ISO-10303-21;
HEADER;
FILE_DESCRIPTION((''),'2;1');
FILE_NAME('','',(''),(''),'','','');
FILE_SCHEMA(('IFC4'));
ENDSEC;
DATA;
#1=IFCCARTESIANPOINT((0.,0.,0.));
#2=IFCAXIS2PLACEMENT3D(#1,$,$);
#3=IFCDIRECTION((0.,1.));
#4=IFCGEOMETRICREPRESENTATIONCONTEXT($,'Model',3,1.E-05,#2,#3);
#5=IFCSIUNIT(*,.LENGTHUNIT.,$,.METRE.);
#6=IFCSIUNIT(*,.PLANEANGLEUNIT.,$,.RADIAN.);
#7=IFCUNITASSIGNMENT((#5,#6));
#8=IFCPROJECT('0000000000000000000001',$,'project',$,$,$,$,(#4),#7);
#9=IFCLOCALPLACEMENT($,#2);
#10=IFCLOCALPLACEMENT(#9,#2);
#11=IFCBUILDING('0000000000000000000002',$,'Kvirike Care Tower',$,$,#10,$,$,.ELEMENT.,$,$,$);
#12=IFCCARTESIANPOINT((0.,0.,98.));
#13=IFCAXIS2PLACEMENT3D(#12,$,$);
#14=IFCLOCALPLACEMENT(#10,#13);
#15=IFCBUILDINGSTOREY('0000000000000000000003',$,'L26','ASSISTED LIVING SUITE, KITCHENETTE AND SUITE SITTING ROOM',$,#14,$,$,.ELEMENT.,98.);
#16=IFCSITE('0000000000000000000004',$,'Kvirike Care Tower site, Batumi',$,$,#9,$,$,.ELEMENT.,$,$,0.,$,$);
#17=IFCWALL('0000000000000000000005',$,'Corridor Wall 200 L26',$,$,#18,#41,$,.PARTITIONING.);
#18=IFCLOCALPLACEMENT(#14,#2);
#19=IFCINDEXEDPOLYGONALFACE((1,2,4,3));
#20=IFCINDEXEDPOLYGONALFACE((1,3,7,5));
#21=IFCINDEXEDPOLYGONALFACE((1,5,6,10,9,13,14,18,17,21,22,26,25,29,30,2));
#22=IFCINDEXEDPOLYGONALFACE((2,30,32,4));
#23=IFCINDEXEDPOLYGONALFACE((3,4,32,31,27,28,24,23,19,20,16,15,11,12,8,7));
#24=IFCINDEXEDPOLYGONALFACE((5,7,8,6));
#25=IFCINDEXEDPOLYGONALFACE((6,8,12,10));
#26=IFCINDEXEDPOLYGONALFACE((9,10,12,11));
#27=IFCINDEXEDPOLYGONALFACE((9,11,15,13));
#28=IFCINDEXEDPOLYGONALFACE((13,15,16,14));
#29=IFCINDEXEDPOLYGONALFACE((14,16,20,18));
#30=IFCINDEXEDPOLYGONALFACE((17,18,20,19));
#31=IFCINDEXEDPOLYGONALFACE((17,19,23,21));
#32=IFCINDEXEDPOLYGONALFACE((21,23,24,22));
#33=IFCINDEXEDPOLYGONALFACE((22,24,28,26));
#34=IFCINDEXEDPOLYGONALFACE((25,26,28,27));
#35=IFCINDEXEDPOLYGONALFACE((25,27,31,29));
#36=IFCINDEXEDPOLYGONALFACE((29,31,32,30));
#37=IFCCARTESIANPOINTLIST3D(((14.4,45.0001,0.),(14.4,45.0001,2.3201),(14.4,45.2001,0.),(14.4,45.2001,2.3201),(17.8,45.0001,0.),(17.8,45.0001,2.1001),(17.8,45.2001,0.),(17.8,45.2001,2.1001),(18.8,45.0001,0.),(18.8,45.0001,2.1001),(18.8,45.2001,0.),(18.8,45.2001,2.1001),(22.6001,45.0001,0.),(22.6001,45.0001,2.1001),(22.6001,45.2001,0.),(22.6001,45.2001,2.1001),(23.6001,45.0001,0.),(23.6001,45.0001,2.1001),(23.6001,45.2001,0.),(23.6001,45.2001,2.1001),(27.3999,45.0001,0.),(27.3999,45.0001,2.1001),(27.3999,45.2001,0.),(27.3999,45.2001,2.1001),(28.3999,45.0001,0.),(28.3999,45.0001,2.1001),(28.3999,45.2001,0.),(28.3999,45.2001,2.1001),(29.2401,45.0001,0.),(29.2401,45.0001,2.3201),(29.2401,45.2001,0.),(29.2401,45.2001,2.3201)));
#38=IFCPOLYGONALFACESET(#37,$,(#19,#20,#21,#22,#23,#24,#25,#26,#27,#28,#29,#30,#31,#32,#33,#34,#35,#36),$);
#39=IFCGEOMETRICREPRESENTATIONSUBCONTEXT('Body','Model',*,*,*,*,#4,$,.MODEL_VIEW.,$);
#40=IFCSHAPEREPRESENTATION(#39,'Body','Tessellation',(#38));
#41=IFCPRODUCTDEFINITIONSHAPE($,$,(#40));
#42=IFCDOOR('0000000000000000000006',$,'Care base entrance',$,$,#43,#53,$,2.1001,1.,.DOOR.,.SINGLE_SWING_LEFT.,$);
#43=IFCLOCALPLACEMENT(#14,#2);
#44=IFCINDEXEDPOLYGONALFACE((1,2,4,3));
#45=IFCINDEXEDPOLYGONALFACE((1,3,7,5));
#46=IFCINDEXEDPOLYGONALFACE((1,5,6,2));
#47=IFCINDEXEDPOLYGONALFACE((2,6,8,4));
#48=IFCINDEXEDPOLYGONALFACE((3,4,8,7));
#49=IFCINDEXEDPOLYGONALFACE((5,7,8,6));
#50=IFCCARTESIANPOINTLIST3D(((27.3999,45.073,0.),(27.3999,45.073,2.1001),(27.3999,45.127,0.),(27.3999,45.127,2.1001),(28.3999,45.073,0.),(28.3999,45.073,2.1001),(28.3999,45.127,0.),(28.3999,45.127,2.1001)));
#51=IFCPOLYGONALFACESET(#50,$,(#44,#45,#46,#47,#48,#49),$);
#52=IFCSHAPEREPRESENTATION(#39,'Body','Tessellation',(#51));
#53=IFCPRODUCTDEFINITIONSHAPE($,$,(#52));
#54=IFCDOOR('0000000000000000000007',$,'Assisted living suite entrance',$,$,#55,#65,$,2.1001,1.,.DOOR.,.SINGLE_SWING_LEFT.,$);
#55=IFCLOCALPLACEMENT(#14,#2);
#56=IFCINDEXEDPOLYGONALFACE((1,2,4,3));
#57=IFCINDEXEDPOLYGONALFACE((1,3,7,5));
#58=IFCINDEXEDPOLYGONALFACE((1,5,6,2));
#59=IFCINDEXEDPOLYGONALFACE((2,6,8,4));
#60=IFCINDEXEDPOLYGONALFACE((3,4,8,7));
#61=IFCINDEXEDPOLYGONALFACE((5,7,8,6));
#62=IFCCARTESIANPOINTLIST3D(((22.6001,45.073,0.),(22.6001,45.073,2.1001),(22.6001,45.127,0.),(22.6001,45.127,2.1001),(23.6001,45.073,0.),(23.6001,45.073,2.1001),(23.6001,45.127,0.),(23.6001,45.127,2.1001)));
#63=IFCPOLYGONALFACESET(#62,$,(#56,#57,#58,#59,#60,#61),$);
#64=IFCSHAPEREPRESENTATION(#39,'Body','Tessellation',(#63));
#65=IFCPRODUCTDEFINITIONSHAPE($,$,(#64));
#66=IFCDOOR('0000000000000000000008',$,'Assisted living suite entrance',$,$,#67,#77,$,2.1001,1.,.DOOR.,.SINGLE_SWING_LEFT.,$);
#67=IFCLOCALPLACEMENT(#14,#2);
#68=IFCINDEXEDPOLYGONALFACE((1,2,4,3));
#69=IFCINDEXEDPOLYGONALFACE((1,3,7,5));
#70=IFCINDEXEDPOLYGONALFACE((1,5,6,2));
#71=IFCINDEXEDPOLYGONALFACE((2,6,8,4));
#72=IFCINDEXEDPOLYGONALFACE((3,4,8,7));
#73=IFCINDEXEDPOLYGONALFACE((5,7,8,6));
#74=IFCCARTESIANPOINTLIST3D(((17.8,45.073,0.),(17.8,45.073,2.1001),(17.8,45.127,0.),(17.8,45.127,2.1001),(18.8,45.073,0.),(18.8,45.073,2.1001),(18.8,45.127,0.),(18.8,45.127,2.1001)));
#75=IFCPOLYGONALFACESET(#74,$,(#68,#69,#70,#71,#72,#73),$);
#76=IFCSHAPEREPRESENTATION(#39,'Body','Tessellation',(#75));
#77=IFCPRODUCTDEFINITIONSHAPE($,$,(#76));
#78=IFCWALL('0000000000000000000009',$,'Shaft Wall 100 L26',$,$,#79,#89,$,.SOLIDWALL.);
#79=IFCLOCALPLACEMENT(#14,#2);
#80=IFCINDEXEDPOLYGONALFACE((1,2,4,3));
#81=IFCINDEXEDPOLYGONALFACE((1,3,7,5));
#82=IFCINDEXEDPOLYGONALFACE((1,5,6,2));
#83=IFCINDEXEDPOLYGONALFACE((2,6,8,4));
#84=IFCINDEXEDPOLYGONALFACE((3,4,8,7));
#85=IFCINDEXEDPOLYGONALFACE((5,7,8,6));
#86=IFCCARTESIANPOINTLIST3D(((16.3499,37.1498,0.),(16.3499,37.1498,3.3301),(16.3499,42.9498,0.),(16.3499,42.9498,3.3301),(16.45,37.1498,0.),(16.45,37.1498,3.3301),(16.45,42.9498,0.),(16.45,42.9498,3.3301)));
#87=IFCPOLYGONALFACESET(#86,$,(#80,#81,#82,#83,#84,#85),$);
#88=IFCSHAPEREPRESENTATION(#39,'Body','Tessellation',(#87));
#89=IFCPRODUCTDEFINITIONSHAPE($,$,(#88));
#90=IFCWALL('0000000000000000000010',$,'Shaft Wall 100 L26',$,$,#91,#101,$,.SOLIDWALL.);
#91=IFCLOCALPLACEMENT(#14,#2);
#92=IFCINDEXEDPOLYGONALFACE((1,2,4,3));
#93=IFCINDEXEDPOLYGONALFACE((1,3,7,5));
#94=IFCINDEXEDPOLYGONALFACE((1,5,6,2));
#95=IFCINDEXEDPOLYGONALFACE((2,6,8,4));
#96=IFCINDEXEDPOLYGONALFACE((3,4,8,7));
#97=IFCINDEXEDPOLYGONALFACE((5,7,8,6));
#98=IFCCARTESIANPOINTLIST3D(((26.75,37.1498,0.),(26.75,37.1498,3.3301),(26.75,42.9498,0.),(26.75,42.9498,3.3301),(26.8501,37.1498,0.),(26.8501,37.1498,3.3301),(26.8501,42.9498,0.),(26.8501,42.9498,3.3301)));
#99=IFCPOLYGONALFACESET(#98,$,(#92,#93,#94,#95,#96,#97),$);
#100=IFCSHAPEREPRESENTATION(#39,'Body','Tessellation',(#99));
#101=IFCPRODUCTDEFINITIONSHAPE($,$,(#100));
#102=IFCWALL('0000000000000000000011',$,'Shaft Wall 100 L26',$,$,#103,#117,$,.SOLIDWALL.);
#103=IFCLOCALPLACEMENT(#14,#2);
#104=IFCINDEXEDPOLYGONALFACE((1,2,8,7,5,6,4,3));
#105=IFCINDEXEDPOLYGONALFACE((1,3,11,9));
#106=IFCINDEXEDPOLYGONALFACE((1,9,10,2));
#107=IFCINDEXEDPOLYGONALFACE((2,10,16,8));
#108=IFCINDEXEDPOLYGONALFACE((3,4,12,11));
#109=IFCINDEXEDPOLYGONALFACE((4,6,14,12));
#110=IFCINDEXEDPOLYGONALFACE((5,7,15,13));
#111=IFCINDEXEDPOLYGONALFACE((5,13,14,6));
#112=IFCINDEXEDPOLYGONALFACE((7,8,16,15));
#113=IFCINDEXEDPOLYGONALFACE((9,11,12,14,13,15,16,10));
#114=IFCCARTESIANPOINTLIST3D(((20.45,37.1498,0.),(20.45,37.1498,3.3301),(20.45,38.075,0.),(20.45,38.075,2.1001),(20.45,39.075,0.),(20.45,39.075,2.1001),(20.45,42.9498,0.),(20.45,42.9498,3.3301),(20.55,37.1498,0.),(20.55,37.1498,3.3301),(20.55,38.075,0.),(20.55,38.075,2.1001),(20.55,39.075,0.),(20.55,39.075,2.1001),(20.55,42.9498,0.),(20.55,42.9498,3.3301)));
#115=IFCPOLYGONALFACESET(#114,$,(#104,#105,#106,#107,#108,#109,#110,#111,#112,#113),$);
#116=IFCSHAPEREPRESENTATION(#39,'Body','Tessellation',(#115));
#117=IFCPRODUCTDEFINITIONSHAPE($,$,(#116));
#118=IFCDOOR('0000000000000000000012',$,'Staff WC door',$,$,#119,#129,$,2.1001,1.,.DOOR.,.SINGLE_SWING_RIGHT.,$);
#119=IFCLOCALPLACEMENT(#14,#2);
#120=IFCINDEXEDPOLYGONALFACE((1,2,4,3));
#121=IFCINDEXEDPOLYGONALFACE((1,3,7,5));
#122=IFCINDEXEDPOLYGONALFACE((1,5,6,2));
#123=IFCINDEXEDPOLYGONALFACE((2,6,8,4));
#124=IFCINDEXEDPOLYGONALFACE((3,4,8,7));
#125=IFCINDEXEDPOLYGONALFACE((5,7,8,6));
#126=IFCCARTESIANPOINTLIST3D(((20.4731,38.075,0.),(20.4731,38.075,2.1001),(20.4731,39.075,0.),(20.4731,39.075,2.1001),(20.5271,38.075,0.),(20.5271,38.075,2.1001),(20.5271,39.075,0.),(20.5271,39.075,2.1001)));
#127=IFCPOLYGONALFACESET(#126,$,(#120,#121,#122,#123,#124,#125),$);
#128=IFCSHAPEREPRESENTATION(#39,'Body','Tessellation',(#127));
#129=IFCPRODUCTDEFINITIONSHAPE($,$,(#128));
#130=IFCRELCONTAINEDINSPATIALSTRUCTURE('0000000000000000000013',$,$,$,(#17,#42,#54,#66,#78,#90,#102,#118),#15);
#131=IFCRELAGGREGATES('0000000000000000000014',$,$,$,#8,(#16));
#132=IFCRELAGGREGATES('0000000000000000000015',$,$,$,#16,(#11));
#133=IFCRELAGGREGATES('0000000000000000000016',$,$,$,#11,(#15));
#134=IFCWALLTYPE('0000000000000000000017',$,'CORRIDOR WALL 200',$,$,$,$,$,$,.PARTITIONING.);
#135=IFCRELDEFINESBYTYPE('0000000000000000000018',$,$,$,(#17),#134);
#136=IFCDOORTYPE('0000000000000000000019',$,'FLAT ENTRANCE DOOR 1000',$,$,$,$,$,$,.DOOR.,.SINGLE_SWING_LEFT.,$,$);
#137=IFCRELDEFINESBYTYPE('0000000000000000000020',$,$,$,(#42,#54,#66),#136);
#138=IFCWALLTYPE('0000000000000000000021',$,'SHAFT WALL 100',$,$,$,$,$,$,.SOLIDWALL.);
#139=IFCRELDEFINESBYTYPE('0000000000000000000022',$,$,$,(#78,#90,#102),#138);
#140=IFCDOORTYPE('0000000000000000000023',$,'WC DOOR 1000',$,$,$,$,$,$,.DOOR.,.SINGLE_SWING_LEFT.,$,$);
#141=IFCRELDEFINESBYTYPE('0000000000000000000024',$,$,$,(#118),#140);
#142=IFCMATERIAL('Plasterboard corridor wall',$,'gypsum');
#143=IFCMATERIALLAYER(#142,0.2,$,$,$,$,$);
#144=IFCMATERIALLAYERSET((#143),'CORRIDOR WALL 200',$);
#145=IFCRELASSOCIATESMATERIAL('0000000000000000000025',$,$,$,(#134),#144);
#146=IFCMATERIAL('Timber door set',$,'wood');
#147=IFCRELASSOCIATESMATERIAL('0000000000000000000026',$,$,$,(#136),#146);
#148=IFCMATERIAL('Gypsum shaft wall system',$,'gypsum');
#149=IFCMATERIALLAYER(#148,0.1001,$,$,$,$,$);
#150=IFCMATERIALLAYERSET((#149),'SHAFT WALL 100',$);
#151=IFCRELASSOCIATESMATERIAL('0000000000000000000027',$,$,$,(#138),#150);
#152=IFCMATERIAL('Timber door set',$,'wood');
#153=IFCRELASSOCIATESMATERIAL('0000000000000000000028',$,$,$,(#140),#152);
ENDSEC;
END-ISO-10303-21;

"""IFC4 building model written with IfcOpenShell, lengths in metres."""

from ifc_helpers import new_model, si_unit, direction, frame, frame_2d, origin, place, context, subcontext, project, spatial, rectangle, extrude, material, layer, layer_set, type_object, element, fill, save


model = new_model("IFC4")

# Units and contexts
model_context = context("Model", 3, precision=1e-05, world=origin(), true_north=direction((0.0, 1.0)))
body_context = subcontext(model_context, "Body", "Model", "MODEL_VIEW")
ifc_project = project(units=[si_unit("LENGTHUNIT", "METRE"), si_unit("PLANEANGLEUNIT", "RADIAN")], contexts=[model_context])

# Site, building, storey
site_placement = place(None, origin())
site = spatial("IfcSite", under=ifc_project, at=site_placement, Name="Kvirike Care Tower site, Batumi", CompositionType="ELEMENT", RefElevation=0.0)
building_placement = place(site_placement, origin())
building = spatial("IfcBuilding", under=site, at=building_placement, Name="Kvirike Care Tower", CompositionType="ELEMENT")
storey_placement = place(building_placement, frame((0.0, 0.0, 98.0)))
storey = spatial("IfcBuildingStorey", under=building, at=storey_placement, Name="L26", Description="ASSISTED LIVING SUITE, KITCHENETTE AND SUITE SITTING ROOM", CompositionType="ELEMENT", Elevation=98.0)

# Wall, openings, doors
ifc_material_1 = material(Name="Plasterboard corridor wall", Category="gypsum")
ifc_layer_1 = layer(ifc_material_1, 0.2)
ifc_layer_set_1 = layer_set([ifc_layer_1], Name="CORRIDOR WALL 200")
wall_type_1 = type_object("IfcWallType", Name="CORRIDOR WALL 200", PredefinedType="PARTITIONING", material=ifc_layer_set_1)
wall_1_placement = place(storey_placement, frame((29.24, 45.1001, 0.0), z_axis=(0.0, 0.0, 1.0), x_axis=(-1.0, 0.0, 0.0)))
wall_1 = element("IfcWall", 1, at=wall_1_placement, inside=storey, type_object=wall_type_1, Name="Corridor Wall 200 L26", PredefinedType="PARTITIONING", context=body_context, shape_type="SweptSolid", body=[
    extrude(rectangle(XDim=14.8401, YDim=0.2, at=frame_2d((7.4199, 0.0))), origin(), (0.0, 0.0, 1.0), 2.3201),
])
opening_1_placement = place(wall_1_placement, frame((0.8401, 0.0, 0.0)))
opening_1 = element("IfcOpeningElement", 2, at=opening_1_placement, cuts=wall_1, PredefinedType="OPENING", context=body_context, shape_type="SweptSolid", body=[
    extrude(rectangle(XDim=1.0, YDim=2.1001, at=frame_2d((0.5, 1.05))), frame((0.0, 0.1106, 0.0), z_axis=(0.0, -1.0, 0.0), x_axis=(1.0, 0.0, 0.0)), (0.0, 0.0, 1.0), 0.2209),
])
opening_2_placement = place(wall_1_placement, frame((5.6399, 0.0, 0.0)))
opening_2 = element("IfcOpeningElement", 3, at=opening_2_placement, cuts=wall_1, PredefinedType="OPENING", context=body_context, shape_type="SweptSolid", body=[
    extrude(rectangle(XDim=1.0, YDim=2.1001, at=frame_2d((0.5, 1.05))), frame((0.0, 0.1106, 0.0), z_axis=(0.0, -1.0, 0.0), x_axis=(1.0, 0.0, 0.0)), (0.0, 0.0, 1.0), 0.2209),
])
opening_3_placement = place(wall_1_placement, frame((10.4399, 0.0, 0.0)))
opening_3 = element("IfcOpeningElement", 4, at=opening_3_placement, cuts=wall_1, PredefinedType="OPENING", context=body_context, shape_type="SweptSolid", body=[
    extrude(rectangle(XDim=1.0, YDim=2.1001, at=frame_2d((0.5, 1.05))), frame((0.0, 0.1106, 0.0), z_axis=(0.0, -1.0, 0.0), x_axis=(1.0, 0.0, 0.0)), (0.0, 0.0, 1.0), 0.2209),
])
ifc_material_2 = material(Name="Timber door set", Category="wood")
door_type_1 = type_object("IfcDoorType", Name="FLAT ENTRANCE DOOR 1000", OperationType="SINGLE_SWING_LEFT", PredefinedType="DOOR", material=ifc_material_2)
door_1_placement = place(opening_1_placement, frame((1.0, 0.0, 0.0), z_axis=(0.0, 0.0, 1.0), x_axis=(-1.0, 0.0, 0.0)))
door_1 = element("IfcDoor", 5, at=door_1_placement, inside=storey, type_object=door_type_1, Name="Care base entrance", OperationType="SINGLE_SWING_LEFT", OverallHeight=2.1001, OverallWidth=1.0, PredefinedType="DOOR", context=body_context, shape_type="SweptSolid", body=[
    extrude(rectangle(XDim=1.0, YDim=2.1001, at=frame_2d((0.5, 1.05))), frame((0.0, 0.0269, 0.0), z_axis=(0.0, -1.0, 0.0), x_axis=(1.0, 0.0, 0.0)), (0.0, 0.0, 1.0), 0.054),
])
fill(opening_1, door_1)
door_2_placement = place(opening_2_placement, frame((1.0, 0.0, 0.0), z_axis=(0.0, 0.0, 1.0), x_axis=(-1.0, 0.0, 0.0)))
door_2 = element("IfcDoor", 6, at=door_2_placement, inside=storey, type_object=door_type_1, Name="Assisted living suite entrance", OperationType="SINGLE_SWING_LEFT", OverallHeight=2.1001, OverallWidth=1.0, PredefinedType="DOOR", context=body_context, shape_type="SweptSolid", body=[
    extrude(rectangle(XDim=1.0, YDim=2.1001, at=frame_2d((0.5, 1.05))), frame((0.0, 0.0269, 0.0), z_axis=(0.0, -1.0, 0.0), x_axis=(1.0, 0.0, 0.0)), (0.0, 0.0, 1.0), 0.054),
])
fill(opening_2, door_2)
door_3_placement = place(opening_3_placement, frame((1.0, 0.0, 0.0), z_axis=(0.0, 0.0, 1.0), x_axis=(-1.0, 0.0, 0.0)))
door_3 = element("IfcDoor", 7, at=door_3_placement, inside=storey, type_object=door_type_1, Name="Assisted living suite entrance", OperationType="SINGLE_SWING_LEFT", OverallHeight=2.1001, OverallWidth=1.0, PredefinedType="DOOR", context=body_context, shape_type="SweptSolid", body=[
    extrude(rectangle(XDim=1.0, YDim=2.1001, at=frame_2d((0.5, 1.05))), frame((0.0, 0.0269, 0.0), z_axis=(0.0, -1.0, 0.0), x_axis=(1.0, 0.0, 0.0)), (0.0, 0.0, 1.0), 0.054),
])
fill(opening_3, door_3)

# Walls
ifc_material_3 = material(Name="Gypsum shaft wall system", Category="gypsum")
ifc_layer_2 = layer(ifc_material_3, 0.1001)
ifc_layer_set_2 = layer_set([ifc_layer_2], Name="SHAFT WALL 100")
wall_type_2 = type_object("IfcWallType", Name="SHAFT WALL 100", PredefinedType="SOLIDWALL", material=ifc_layer_set_2)
for number, where, z_axis, x_axis, name in (
    (8, (16.3999, 37.1499, 0.0), (0.0, 0.0, 1.0), (0.0, 1.0, 0.0), "Shaft Wall 100 L26"),
    (9, (26.8, 37.1499, 0.0), (0.0, 0.0, 1.0), (0.0, 1.0, 0.0), "Shaft Wall 100 L26"),
):
    element("IfcWall", number, at=place(storey_placement, frame(where, z_axis=z_axis, x_axis=x_axis)), inside=storey, type_object=wall_type_2, Name=name, PredefinedType="SOLIDWALL", context=body_context, shape_type="SweptSolid", body=[
        extrude(rectangle(XDim=5.8, YDim=0.1001, at=frame_2d((2.8999, 0.0))), origin(), (0.0, 0.0, 1.0), 3.3301),
    ])

# Wall, opening, door
wall_2_placement = place(storey_placement, frame((20.5, 37.1499, 0.0), z_axis=(0.0, 0.0, 1.0), x_axis=(0.0, 1.0, 0.0)))
wall_2 = element("IfcWall", 10, at=wall_2_placement, inside=storey, type_object=wall_type_2, Name="Shaft Wall 100 L26", PredefinedType="SOLIDWALL", context=body_context, shape_type="SweptSolid", body=[
    extrude(rectangle(XDim=5.8, YDim=0.1001, at=frame_2d((2.8999, 0.0))), origin(), (0.0, 0.0, 1.0), 3.3301),
])
opening_4_placement = place(wall_2_placement, frame((0.925, 0.0, 0.0)))
opening_4 = element("IfcOpeningElement", 11, at=opening_4_placement, cuts=wall_2, PredefinedType="OPENING", context=body_context, shape_type="SweptSolid", body=[
    extrude(rectangle(XDim=1.0, YDim=2.1001, at=frame_2d((0.5, 1.05))), frame((0.0, 0.0605, 0.0), z_axis=(0.0, -1.0, 0.0), x_axis=(1.0, 0.0, 0.0)), (0.0, 0.0, 1.0), 0.1211),
])
ifc_material_4 = material(Name="Timber door set", Category="wood")
door_type_2 = type_object("IfcDoorType", Name="WC DOOR 1000", OperationType="SINGLE_SWING_LEFT", PredefinedType="DOOR", material=ifc_material_4)
door_4_placement = place(opening_4_placement, origin())
door_4 = element("IfcDoor", 12, at=door_4_placement, inside=storey, type_object=door_type_2, Name="Staff WC door", OperationType="SINGLE_SWING_RIGHT", OverallHeight=2.1001, OverallWidth=1.0, PredefinedType="DOOR", context=body_context, shape_type="SweptSolid", body=[
    extrude(rectangle(XDim=1.0, YDim=2.1001, at=frame_2d((0.5, 1.05))), frame((0.0, 0.0269, 0.0), z_axis=(0.0, -1.0, 0.0), x_axis=(1.0, 0.0, 0.0)), (0.0, 0.0, 1.0), 0.054),
])
fill(opening_4, door_4)

save(model, "model.ifc")
